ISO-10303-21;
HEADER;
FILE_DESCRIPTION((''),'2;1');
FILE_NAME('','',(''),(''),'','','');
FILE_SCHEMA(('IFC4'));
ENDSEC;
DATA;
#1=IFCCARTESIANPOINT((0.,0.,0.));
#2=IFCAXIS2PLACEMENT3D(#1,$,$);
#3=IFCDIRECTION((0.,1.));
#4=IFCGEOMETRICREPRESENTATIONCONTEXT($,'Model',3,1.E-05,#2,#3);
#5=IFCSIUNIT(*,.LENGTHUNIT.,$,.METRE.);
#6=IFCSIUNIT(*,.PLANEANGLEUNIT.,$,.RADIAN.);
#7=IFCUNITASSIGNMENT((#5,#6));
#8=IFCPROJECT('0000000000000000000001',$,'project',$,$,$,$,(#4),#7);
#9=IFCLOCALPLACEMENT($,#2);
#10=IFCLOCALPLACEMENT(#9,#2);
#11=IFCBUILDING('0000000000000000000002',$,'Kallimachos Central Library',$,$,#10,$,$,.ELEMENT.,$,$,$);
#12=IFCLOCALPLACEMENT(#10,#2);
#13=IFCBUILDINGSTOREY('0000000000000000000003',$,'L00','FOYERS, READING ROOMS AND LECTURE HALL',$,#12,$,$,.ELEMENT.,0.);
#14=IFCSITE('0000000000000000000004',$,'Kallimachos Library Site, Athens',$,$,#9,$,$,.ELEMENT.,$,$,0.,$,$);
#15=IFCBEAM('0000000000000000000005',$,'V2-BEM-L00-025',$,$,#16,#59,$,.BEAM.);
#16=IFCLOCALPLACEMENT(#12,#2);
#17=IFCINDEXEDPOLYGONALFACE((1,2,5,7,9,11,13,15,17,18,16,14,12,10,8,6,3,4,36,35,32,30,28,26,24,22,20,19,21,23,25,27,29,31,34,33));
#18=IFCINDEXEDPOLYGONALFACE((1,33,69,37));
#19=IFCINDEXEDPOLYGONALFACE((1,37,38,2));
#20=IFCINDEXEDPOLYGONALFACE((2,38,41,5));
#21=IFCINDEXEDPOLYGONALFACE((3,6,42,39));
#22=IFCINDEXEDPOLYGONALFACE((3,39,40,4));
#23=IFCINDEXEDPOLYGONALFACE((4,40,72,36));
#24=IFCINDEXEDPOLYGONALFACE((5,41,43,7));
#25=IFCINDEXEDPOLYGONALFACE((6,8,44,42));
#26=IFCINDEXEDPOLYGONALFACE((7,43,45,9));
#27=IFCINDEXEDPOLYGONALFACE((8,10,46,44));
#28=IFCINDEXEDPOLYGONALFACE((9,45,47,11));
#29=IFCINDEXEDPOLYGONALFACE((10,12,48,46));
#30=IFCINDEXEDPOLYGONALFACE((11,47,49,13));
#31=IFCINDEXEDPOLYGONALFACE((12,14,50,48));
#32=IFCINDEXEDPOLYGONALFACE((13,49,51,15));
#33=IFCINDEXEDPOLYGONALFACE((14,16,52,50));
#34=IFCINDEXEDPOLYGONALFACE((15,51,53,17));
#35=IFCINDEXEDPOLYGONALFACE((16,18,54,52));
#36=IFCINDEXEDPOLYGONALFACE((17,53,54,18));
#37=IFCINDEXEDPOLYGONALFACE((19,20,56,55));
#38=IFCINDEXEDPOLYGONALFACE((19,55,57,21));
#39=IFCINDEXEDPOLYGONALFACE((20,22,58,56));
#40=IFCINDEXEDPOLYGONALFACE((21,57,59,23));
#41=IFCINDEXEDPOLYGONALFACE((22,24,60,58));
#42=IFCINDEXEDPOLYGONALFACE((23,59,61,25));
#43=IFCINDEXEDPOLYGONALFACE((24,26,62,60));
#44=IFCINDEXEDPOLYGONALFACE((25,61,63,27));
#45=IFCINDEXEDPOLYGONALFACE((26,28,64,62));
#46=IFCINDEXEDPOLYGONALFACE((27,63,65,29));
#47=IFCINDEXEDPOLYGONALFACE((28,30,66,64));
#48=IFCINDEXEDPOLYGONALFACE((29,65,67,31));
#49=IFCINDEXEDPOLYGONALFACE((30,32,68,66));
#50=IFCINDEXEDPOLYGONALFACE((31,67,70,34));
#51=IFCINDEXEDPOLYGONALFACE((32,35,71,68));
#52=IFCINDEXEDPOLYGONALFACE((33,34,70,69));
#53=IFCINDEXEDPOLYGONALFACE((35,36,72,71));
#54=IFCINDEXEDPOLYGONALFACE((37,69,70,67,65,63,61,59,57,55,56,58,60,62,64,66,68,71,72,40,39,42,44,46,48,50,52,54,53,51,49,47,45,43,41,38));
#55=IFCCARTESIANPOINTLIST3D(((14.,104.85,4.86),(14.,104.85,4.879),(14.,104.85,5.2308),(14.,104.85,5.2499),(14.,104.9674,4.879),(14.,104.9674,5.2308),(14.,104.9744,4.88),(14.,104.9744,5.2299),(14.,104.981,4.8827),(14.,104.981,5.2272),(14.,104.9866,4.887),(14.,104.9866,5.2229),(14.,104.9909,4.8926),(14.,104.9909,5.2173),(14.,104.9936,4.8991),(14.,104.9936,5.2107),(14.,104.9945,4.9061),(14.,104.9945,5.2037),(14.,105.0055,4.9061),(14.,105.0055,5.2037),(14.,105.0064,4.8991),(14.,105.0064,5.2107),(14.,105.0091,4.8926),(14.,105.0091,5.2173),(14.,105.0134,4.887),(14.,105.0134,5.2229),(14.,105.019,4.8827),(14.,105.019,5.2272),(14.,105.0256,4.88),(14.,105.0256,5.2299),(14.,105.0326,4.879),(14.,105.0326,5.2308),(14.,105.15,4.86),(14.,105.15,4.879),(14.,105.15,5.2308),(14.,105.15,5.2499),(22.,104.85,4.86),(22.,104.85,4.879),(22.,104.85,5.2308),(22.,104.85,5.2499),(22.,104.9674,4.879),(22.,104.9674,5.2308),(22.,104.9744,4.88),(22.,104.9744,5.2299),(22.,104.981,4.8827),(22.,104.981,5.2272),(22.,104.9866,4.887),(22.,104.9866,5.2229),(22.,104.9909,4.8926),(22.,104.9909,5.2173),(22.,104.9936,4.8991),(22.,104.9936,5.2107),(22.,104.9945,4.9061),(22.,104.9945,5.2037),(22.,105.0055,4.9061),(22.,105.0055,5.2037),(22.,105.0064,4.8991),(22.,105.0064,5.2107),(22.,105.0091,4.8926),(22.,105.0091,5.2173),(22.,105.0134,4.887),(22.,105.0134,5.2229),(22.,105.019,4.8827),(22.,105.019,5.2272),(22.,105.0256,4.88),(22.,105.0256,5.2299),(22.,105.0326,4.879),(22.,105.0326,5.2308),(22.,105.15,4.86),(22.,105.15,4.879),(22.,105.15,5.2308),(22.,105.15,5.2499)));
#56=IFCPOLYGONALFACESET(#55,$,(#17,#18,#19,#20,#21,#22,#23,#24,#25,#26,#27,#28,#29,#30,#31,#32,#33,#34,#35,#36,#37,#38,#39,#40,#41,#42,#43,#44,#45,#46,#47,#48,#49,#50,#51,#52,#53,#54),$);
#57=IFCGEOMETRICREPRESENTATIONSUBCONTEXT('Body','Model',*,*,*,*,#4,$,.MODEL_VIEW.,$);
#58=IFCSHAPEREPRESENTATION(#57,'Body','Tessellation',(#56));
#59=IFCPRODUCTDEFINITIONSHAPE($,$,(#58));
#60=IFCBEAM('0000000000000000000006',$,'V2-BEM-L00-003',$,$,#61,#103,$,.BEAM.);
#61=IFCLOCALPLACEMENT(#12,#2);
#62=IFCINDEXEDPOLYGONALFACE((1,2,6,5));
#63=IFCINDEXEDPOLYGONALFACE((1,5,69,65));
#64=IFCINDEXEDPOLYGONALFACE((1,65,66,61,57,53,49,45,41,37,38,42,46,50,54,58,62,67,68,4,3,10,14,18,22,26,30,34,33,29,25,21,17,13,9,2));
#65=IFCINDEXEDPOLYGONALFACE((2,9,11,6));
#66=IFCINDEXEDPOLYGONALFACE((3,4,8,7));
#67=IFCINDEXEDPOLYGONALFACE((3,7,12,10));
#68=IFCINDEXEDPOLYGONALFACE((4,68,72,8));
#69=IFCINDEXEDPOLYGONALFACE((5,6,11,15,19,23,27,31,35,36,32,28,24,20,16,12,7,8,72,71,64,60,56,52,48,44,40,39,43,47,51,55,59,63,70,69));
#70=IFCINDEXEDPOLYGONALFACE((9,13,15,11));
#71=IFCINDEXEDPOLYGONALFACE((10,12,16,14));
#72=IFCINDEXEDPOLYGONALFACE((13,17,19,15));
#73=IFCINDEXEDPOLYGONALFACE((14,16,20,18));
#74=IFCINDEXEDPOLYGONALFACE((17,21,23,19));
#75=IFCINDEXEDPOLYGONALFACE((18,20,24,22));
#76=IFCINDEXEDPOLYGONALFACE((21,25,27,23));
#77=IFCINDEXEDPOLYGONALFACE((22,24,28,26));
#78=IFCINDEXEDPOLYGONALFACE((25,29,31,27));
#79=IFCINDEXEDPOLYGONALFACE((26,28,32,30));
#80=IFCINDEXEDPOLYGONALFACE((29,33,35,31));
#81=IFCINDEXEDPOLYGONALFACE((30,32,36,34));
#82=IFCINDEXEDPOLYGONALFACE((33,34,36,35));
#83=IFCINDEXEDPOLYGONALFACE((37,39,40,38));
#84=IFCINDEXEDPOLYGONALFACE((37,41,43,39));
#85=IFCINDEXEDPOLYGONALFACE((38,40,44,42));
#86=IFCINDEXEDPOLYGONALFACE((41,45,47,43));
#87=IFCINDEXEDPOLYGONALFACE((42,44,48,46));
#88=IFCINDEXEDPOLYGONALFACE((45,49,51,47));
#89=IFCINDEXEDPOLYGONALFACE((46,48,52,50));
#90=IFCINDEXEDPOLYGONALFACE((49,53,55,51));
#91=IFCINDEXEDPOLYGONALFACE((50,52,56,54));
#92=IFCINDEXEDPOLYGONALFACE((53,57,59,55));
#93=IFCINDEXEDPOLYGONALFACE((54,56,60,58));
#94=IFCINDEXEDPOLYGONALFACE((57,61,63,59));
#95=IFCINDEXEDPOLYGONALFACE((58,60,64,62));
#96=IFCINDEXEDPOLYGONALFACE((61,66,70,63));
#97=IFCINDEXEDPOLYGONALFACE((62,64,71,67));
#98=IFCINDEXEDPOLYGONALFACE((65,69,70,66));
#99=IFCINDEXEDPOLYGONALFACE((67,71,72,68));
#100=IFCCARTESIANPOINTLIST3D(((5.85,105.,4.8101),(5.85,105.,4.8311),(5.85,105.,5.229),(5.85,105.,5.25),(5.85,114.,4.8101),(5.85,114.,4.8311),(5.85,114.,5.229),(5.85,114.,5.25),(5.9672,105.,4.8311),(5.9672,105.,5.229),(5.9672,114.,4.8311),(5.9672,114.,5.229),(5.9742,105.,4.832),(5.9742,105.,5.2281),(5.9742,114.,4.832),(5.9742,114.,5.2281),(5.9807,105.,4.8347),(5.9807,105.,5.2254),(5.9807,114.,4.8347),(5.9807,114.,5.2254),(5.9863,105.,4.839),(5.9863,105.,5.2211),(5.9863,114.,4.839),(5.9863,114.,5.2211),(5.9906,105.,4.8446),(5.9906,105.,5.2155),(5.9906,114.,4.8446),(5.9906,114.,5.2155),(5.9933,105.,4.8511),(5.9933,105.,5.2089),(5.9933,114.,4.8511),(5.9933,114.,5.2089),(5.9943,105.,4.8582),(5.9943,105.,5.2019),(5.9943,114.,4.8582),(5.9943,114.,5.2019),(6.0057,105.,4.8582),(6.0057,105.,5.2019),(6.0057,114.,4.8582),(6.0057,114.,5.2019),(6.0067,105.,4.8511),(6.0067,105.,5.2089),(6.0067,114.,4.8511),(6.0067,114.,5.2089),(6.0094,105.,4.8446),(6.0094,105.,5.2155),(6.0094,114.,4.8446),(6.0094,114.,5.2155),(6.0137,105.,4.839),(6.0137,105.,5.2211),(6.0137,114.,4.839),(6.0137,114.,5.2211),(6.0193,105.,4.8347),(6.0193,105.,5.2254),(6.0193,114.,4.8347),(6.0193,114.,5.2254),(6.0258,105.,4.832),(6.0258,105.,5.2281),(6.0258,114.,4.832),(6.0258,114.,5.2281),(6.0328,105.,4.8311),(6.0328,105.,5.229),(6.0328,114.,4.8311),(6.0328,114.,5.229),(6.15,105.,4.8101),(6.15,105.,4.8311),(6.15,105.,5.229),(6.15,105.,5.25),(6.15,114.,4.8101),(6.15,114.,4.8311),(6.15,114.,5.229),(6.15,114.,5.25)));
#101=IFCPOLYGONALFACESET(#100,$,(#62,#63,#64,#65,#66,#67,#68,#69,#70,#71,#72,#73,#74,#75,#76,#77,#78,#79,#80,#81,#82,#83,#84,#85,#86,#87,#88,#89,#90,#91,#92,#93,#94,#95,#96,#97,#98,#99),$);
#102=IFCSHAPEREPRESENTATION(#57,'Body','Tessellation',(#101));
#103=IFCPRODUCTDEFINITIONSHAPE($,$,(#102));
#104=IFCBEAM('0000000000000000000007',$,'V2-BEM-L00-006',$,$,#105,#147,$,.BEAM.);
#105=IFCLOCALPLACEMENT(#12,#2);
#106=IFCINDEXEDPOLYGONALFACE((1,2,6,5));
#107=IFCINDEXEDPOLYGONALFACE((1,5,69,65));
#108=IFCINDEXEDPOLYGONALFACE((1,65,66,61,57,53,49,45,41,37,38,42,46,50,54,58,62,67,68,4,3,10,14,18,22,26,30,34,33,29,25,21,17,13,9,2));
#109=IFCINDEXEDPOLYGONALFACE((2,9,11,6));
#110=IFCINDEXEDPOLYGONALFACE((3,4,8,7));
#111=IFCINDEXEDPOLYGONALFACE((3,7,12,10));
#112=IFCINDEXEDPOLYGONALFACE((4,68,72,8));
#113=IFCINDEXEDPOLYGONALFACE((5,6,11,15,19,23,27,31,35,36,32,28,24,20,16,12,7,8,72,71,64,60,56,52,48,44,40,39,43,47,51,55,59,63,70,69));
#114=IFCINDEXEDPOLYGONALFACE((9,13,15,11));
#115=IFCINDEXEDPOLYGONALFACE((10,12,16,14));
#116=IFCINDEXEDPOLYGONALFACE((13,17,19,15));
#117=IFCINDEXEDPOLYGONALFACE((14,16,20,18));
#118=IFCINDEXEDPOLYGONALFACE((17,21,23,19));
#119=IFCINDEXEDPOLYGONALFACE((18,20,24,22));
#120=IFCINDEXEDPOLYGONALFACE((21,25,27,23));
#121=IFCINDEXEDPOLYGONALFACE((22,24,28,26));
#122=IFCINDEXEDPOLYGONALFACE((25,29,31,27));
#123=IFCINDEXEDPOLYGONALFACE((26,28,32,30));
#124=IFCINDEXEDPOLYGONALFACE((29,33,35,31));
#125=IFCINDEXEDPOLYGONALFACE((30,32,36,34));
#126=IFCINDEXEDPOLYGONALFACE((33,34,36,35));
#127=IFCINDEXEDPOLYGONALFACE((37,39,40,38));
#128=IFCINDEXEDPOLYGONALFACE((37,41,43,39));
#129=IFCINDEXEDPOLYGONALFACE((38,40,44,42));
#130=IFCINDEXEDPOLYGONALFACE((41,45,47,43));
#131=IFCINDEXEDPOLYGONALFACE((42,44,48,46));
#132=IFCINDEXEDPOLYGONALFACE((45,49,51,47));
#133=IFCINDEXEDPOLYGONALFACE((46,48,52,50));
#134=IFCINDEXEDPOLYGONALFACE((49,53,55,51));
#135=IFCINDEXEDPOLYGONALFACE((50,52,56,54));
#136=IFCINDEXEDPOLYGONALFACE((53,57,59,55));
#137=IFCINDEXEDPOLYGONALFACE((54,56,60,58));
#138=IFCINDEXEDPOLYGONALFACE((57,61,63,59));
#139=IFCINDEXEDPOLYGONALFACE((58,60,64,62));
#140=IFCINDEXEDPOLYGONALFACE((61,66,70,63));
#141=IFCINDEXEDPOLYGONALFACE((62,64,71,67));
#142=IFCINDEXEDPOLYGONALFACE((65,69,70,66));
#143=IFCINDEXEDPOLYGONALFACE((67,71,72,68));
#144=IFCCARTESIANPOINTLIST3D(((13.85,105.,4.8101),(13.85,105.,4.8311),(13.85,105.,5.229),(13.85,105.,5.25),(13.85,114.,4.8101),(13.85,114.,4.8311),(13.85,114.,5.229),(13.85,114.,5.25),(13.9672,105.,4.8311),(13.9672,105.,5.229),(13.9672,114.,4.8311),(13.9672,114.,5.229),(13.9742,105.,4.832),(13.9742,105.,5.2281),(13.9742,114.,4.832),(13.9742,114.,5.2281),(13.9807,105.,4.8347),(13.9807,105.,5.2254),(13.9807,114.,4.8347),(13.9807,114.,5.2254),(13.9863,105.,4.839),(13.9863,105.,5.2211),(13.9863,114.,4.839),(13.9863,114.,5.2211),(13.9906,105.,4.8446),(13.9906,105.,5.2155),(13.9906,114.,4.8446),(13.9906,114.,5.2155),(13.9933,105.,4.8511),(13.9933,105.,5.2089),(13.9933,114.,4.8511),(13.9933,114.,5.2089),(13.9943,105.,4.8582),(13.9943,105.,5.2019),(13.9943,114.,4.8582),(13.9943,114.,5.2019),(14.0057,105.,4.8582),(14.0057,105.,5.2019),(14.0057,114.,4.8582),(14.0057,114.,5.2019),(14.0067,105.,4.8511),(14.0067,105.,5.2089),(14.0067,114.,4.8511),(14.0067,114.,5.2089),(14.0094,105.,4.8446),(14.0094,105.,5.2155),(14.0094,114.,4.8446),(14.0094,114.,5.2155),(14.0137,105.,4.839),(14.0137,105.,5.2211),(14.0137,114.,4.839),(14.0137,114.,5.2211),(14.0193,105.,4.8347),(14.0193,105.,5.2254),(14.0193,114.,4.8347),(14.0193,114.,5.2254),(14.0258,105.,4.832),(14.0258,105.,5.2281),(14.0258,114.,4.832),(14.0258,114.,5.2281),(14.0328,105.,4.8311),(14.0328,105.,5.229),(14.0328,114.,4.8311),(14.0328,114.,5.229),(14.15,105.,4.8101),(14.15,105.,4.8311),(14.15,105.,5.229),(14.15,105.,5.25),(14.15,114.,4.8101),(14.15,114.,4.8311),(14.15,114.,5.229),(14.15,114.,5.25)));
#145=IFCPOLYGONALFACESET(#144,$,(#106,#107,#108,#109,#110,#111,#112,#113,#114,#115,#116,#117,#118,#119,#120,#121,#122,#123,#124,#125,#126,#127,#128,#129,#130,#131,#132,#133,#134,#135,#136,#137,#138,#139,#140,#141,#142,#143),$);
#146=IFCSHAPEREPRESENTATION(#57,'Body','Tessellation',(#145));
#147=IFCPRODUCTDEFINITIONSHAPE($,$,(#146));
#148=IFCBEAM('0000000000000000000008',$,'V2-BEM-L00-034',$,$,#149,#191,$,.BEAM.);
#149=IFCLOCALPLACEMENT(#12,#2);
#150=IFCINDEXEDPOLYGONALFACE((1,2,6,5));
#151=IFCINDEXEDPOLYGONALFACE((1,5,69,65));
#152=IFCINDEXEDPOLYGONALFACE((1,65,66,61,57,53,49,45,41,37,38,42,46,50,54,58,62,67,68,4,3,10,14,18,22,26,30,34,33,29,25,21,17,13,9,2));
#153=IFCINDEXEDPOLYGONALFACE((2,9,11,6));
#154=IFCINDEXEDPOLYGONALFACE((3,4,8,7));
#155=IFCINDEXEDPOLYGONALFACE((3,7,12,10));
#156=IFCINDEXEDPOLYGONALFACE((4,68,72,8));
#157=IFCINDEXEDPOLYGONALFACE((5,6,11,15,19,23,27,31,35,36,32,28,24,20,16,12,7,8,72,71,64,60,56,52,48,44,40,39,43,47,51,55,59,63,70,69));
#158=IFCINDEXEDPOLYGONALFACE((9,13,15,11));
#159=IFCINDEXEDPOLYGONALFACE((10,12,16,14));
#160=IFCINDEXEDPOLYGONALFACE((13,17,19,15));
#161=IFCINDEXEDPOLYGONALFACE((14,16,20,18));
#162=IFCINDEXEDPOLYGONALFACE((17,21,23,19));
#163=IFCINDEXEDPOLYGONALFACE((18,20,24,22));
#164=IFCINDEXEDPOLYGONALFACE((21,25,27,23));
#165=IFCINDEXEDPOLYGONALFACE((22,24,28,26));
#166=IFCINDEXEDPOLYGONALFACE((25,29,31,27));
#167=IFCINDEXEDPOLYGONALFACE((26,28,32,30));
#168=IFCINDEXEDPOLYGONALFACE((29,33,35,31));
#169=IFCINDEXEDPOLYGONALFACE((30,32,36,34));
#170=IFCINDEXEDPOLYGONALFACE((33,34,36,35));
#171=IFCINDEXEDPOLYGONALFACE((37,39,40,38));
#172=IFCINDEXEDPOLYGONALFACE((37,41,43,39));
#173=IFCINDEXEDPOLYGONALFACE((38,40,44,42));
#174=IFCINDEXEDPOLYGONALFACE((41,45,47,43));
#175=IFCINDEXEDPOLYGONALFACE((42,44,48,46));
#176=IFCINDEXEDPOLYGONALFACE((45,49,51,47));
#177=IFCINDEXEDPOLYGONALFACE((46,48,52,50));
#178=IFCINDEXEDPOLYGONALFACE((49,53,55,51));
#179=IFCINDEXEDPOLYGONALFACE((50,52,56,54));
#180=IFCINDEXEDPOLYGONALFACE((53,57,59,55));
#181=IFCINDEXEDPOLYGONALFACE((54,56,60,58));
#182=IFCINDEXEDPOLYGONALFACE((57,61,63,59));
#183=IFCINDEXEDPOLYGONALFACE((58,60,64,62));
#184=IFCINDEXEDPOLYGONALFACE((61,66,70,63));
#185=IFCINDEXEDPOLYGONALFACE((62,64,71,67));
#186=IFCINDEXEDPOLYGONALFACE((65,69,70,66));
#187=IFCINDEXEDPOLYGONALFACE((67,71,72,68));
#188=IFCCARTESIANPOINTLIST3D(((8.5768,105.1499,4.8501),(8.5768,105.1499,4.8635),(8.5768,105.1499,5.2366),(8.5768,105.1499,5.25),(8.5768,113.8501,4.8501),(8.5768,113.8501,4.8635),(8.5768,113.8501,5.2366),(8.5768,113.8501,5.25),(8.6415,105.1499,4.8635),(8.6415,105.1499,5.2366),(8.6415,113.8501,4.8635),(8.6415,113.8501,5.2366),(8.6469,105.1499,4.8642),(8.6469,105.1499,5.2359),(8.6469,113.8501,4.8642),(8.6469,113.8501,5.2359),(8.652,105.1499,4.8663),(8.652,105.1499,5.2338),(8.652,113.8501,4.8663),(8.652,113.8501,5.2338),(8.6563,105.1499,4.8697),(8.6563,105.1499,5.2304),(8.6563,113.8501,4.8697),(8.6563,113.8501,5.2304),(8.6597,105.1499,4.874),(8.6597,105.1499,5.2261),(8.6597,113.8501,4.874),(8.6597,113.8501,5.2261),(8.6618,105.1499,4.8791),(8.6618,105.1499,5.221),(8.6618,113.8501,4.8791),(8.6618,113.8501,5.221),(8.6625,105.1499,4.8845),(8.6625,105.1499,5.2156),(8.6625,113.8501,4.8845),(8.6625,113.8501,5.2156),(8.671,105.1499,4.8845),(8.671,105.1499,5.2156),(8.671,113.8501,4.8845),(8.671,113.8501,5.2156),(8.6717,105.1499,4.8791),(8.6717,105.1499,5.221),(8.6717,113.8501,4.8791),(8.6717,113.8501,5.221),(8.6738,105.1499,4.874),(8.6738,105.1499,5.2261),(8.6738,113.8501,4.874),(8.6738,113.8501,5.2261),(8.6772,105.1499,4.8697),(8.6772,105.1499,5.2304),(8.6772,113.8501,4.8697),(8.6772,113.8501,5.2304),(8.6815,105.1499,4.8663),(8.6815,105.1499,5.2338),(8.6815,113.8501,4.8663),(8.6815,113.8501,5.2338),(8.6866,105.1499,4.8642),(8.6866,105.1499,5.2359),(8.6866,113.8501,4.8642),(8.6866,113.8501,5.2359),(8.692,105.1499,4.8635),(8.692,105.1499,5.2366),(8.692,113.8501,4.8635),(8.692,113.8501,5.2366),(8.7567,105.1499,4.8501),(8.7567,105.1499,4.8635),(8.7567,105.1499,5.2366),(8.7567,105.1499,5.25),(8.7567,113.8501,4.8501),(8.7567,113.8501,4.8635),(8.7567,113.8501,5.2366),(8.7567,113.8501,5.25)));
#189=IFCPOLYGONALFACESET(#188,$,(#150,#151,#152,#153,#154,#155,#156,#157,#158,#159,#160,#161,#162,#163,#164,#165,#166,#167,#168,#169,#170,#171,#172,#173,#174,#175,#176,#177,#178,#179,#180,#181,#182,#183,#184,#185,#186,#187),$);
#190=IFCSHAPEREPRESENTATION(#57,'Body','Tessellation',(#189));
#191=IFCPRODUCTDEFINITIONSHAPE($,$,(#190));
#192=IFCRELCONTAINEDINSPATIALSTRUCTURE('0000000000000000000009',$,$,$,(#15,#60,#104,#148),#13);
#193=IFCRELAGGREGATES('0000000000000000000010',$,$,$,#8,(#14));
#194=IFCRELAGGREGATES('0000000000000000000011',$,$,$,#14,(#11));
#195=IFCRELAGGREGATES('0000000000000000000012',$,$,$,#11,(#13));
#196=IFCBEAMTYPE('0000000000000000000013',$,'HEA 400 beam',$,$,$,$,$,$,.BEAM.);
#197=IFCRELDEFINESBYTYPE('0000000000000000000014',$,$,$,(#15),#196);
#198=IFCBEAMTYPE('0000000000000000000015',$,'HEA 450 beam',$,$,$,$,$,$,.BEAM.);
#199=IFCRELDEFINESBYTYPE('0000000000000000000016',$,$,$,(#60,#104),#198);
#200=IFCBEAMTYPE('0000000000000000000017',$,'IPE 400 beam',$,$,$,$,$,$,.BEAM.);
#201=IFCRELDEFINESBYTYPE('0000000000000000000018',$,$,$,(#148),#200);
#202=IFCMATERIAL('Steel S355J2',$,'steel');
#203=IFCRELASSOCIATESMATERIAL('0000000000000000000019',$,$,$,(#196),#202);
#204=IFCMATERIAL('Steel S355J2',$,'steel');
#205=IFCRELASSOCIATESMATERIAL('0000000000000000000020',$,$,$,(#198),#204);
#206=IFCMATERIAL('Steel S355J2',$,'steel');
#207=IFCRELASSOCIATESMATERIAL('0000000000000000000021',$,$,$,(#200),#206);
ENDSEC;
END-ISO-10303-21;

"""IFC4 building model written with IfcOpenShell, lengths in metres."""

from ifc_helpers import new_model, si_unit, direction, frame, origin, origin_2d, place, context, subcontext, project, spatial, i_section, extrude, material, material_profile, profile_set, type_object, element, save


model = new_model("IFC4")

# Units and contexts
model_context = context("Model", 3, precision=1e-05, world=origin(), true_north=direction((0.0, 1.0)))
body_context = subcontext(model_context, "Body", "Model", "MODEL_VIEW")
ifc_project = project(units=[si_unit("LENGTHUNIT", "METRE"), si_unit("PLANEANGLEUNIT", "RADIAN")], contexts=[model_context])

# Site, building, storey
site_placement = place(None, origin())
site = spatial("IfcSite", under=ifc_project, at=site_placement, Name="Kallimachos Library Site, Athens", CompositionType="ELEMENT", RefElevation=0.0)
building_placement = place(site_placement, origin())
building = spatial("IfcBuilding", under=site, at=building_placement, Name="Kallimachos Central Library", CompositionType="ELEMENT")
storey_placement = place(building_placement, origin())
storey = spatial("IfcBuildingStorey", under=building, at=storey_placement, Name="L00", Description="FOYERS, READING ROOMS AND LECTURE HALL", CompositionType="ELEMENT", Elevation=0.0)

# Beams
ifc_material_1 = material(Name="Steel S355J2", Category="steel")
ifc_material_profile_1 = material_profile(ifc_material_1, i_section(OverallWidth=0.3, OverallDepth=0.3899, WebThickness=0.011, FlangeThickness=0.019, FilletRadius=0.0271, at=origin_2d()), Name="HEA 400")
ifc_profile_set_1 = profile_set([ifc_material_profile_1], Name="Steel S355J2")
beam_type_1 = type_object("IfcBeamType", Name="HEA 400 beam", PredefinedType="BEAM", material=ifc_profile_set_1)
for number, where, z_axis, x_axis, name in (
    (1, (14.0, 105.0, 5.0549), (1.0, 0.0, 0.0), (0.0, 1.0, 0.0), "V2-BEM-L00-025"),
):
    element("IfcBeam", number, at=place(storey_placement, frame(where, z_axis=z_axis, x_axis=x_axis)), inside=storey, type_object=beam_type_1, Name=name, PredefinedType="BEAM", context=body_context, shape_type="SweptSolid", body=[
        extrude(i_section(OverallWidth=0.3, OverallDepth=0.3899, WebThickness=0.011, FlangeThickness=0.019, FilletRadius=0.0271, at=origin_2d()), origin(), (0.0, 0.0, 1.0), 8.0),
    ])
ifc_material_2 = material(Name="Steel S355J2", Category="steel")
ifc_material_profile_2 = material_profile(ifc_material_2, i_section(OverallWidth=0.3, OverallDepth=0.4399, WebThickness=0.0115, FlangeThickness=0.021, FilletRadius=0.0271, at=origin_2d()), Name="HEA 450")
ifc_profile_set_2 = profile_set([ifc_material_profile_2], Name="Steel S355J2")
beam_type_2 = type_object("IfcBeamType", Name="HEA 450 beam", PredefinedType="BEAM", material=ifc_profile_set_2)
for number, where, z_axis, x_axis, name in (
    (2, (6.0, 105.0, 5.03), (0.0, 1.0, 0.0), (-1.0, 0.0, 0.0), "V2-BEM-L00-003"),
    (3, (14.0, 105.0, 5.03), (0.0, 1.0, 0.0), (-1.0, 0.0, 0.0), "V2-BEM-L00-006"),
):
    element("IfcBeam", number, at=place(storey_placement, frame(where, z_axis=z_axis, x_axis=x_axis)), inside=storey, type_object=beam_type_2, Name=name, PredefinedType="BEAM", context=body_context, shape_type="SweptSolid", body=[
        extrude(i_section(OverallWidth=0.3, OverallDepth=0.4399, WebThickness=0.0115, FlangeThickness=0.021, FilletRadius=0.0271, at=origin_2d()), origin(), (0.0, 0.0, 1.0), 9.0),
    ])
ifc_material_3 = material(Name="Steel S355J2", Category="steel")
ifc_material_profile_3 = material_profile(ifc_material_3, i_section(OverallWidth=0.1799, OverallDepth=0.3999, WebThickness=0.0085, FlangeThickness=0.0134, FilletRadius=0.021, at=origin_2d()), Name="IPE 400")
ifc_profile_set_3 = profile_set([ifc_material_profile_3], Name="Steel S355J2")
beam_type_3 = type_object("IfcBeamType", Name="IPE 400 beam", PredefinedType="BEAM", material=ifc_profile_set_3)
for number, where, z_axis, x_axis, name in (
    (4, (8.6667, 105.1499, 5.05), (0.0, 1.0, 0.0), (-1.0, 0.0, 0.0), "V2-BEM-L00-034"),
):
    element("IfcBeam", number, at=place(storey_placement, frame(where, z_axis=z_axis, x_axis=x_axis)), inside=storey, type_object=beam_type_3, Name=name, PredefinedType="BEAM", context=body_context, shape_type="SweptSolid", body=[
        extrude(i_section(OverallWidth=0.1799, OverallDepth=0.3999, WebThickness=0.0085, FlangeThickness=0.0134, FilletRadius=0.021, at=origin_2d()), origin(), (0.0, 0.0, 1.0), 8.7002),
    ])

save(model, "model.ifc")
